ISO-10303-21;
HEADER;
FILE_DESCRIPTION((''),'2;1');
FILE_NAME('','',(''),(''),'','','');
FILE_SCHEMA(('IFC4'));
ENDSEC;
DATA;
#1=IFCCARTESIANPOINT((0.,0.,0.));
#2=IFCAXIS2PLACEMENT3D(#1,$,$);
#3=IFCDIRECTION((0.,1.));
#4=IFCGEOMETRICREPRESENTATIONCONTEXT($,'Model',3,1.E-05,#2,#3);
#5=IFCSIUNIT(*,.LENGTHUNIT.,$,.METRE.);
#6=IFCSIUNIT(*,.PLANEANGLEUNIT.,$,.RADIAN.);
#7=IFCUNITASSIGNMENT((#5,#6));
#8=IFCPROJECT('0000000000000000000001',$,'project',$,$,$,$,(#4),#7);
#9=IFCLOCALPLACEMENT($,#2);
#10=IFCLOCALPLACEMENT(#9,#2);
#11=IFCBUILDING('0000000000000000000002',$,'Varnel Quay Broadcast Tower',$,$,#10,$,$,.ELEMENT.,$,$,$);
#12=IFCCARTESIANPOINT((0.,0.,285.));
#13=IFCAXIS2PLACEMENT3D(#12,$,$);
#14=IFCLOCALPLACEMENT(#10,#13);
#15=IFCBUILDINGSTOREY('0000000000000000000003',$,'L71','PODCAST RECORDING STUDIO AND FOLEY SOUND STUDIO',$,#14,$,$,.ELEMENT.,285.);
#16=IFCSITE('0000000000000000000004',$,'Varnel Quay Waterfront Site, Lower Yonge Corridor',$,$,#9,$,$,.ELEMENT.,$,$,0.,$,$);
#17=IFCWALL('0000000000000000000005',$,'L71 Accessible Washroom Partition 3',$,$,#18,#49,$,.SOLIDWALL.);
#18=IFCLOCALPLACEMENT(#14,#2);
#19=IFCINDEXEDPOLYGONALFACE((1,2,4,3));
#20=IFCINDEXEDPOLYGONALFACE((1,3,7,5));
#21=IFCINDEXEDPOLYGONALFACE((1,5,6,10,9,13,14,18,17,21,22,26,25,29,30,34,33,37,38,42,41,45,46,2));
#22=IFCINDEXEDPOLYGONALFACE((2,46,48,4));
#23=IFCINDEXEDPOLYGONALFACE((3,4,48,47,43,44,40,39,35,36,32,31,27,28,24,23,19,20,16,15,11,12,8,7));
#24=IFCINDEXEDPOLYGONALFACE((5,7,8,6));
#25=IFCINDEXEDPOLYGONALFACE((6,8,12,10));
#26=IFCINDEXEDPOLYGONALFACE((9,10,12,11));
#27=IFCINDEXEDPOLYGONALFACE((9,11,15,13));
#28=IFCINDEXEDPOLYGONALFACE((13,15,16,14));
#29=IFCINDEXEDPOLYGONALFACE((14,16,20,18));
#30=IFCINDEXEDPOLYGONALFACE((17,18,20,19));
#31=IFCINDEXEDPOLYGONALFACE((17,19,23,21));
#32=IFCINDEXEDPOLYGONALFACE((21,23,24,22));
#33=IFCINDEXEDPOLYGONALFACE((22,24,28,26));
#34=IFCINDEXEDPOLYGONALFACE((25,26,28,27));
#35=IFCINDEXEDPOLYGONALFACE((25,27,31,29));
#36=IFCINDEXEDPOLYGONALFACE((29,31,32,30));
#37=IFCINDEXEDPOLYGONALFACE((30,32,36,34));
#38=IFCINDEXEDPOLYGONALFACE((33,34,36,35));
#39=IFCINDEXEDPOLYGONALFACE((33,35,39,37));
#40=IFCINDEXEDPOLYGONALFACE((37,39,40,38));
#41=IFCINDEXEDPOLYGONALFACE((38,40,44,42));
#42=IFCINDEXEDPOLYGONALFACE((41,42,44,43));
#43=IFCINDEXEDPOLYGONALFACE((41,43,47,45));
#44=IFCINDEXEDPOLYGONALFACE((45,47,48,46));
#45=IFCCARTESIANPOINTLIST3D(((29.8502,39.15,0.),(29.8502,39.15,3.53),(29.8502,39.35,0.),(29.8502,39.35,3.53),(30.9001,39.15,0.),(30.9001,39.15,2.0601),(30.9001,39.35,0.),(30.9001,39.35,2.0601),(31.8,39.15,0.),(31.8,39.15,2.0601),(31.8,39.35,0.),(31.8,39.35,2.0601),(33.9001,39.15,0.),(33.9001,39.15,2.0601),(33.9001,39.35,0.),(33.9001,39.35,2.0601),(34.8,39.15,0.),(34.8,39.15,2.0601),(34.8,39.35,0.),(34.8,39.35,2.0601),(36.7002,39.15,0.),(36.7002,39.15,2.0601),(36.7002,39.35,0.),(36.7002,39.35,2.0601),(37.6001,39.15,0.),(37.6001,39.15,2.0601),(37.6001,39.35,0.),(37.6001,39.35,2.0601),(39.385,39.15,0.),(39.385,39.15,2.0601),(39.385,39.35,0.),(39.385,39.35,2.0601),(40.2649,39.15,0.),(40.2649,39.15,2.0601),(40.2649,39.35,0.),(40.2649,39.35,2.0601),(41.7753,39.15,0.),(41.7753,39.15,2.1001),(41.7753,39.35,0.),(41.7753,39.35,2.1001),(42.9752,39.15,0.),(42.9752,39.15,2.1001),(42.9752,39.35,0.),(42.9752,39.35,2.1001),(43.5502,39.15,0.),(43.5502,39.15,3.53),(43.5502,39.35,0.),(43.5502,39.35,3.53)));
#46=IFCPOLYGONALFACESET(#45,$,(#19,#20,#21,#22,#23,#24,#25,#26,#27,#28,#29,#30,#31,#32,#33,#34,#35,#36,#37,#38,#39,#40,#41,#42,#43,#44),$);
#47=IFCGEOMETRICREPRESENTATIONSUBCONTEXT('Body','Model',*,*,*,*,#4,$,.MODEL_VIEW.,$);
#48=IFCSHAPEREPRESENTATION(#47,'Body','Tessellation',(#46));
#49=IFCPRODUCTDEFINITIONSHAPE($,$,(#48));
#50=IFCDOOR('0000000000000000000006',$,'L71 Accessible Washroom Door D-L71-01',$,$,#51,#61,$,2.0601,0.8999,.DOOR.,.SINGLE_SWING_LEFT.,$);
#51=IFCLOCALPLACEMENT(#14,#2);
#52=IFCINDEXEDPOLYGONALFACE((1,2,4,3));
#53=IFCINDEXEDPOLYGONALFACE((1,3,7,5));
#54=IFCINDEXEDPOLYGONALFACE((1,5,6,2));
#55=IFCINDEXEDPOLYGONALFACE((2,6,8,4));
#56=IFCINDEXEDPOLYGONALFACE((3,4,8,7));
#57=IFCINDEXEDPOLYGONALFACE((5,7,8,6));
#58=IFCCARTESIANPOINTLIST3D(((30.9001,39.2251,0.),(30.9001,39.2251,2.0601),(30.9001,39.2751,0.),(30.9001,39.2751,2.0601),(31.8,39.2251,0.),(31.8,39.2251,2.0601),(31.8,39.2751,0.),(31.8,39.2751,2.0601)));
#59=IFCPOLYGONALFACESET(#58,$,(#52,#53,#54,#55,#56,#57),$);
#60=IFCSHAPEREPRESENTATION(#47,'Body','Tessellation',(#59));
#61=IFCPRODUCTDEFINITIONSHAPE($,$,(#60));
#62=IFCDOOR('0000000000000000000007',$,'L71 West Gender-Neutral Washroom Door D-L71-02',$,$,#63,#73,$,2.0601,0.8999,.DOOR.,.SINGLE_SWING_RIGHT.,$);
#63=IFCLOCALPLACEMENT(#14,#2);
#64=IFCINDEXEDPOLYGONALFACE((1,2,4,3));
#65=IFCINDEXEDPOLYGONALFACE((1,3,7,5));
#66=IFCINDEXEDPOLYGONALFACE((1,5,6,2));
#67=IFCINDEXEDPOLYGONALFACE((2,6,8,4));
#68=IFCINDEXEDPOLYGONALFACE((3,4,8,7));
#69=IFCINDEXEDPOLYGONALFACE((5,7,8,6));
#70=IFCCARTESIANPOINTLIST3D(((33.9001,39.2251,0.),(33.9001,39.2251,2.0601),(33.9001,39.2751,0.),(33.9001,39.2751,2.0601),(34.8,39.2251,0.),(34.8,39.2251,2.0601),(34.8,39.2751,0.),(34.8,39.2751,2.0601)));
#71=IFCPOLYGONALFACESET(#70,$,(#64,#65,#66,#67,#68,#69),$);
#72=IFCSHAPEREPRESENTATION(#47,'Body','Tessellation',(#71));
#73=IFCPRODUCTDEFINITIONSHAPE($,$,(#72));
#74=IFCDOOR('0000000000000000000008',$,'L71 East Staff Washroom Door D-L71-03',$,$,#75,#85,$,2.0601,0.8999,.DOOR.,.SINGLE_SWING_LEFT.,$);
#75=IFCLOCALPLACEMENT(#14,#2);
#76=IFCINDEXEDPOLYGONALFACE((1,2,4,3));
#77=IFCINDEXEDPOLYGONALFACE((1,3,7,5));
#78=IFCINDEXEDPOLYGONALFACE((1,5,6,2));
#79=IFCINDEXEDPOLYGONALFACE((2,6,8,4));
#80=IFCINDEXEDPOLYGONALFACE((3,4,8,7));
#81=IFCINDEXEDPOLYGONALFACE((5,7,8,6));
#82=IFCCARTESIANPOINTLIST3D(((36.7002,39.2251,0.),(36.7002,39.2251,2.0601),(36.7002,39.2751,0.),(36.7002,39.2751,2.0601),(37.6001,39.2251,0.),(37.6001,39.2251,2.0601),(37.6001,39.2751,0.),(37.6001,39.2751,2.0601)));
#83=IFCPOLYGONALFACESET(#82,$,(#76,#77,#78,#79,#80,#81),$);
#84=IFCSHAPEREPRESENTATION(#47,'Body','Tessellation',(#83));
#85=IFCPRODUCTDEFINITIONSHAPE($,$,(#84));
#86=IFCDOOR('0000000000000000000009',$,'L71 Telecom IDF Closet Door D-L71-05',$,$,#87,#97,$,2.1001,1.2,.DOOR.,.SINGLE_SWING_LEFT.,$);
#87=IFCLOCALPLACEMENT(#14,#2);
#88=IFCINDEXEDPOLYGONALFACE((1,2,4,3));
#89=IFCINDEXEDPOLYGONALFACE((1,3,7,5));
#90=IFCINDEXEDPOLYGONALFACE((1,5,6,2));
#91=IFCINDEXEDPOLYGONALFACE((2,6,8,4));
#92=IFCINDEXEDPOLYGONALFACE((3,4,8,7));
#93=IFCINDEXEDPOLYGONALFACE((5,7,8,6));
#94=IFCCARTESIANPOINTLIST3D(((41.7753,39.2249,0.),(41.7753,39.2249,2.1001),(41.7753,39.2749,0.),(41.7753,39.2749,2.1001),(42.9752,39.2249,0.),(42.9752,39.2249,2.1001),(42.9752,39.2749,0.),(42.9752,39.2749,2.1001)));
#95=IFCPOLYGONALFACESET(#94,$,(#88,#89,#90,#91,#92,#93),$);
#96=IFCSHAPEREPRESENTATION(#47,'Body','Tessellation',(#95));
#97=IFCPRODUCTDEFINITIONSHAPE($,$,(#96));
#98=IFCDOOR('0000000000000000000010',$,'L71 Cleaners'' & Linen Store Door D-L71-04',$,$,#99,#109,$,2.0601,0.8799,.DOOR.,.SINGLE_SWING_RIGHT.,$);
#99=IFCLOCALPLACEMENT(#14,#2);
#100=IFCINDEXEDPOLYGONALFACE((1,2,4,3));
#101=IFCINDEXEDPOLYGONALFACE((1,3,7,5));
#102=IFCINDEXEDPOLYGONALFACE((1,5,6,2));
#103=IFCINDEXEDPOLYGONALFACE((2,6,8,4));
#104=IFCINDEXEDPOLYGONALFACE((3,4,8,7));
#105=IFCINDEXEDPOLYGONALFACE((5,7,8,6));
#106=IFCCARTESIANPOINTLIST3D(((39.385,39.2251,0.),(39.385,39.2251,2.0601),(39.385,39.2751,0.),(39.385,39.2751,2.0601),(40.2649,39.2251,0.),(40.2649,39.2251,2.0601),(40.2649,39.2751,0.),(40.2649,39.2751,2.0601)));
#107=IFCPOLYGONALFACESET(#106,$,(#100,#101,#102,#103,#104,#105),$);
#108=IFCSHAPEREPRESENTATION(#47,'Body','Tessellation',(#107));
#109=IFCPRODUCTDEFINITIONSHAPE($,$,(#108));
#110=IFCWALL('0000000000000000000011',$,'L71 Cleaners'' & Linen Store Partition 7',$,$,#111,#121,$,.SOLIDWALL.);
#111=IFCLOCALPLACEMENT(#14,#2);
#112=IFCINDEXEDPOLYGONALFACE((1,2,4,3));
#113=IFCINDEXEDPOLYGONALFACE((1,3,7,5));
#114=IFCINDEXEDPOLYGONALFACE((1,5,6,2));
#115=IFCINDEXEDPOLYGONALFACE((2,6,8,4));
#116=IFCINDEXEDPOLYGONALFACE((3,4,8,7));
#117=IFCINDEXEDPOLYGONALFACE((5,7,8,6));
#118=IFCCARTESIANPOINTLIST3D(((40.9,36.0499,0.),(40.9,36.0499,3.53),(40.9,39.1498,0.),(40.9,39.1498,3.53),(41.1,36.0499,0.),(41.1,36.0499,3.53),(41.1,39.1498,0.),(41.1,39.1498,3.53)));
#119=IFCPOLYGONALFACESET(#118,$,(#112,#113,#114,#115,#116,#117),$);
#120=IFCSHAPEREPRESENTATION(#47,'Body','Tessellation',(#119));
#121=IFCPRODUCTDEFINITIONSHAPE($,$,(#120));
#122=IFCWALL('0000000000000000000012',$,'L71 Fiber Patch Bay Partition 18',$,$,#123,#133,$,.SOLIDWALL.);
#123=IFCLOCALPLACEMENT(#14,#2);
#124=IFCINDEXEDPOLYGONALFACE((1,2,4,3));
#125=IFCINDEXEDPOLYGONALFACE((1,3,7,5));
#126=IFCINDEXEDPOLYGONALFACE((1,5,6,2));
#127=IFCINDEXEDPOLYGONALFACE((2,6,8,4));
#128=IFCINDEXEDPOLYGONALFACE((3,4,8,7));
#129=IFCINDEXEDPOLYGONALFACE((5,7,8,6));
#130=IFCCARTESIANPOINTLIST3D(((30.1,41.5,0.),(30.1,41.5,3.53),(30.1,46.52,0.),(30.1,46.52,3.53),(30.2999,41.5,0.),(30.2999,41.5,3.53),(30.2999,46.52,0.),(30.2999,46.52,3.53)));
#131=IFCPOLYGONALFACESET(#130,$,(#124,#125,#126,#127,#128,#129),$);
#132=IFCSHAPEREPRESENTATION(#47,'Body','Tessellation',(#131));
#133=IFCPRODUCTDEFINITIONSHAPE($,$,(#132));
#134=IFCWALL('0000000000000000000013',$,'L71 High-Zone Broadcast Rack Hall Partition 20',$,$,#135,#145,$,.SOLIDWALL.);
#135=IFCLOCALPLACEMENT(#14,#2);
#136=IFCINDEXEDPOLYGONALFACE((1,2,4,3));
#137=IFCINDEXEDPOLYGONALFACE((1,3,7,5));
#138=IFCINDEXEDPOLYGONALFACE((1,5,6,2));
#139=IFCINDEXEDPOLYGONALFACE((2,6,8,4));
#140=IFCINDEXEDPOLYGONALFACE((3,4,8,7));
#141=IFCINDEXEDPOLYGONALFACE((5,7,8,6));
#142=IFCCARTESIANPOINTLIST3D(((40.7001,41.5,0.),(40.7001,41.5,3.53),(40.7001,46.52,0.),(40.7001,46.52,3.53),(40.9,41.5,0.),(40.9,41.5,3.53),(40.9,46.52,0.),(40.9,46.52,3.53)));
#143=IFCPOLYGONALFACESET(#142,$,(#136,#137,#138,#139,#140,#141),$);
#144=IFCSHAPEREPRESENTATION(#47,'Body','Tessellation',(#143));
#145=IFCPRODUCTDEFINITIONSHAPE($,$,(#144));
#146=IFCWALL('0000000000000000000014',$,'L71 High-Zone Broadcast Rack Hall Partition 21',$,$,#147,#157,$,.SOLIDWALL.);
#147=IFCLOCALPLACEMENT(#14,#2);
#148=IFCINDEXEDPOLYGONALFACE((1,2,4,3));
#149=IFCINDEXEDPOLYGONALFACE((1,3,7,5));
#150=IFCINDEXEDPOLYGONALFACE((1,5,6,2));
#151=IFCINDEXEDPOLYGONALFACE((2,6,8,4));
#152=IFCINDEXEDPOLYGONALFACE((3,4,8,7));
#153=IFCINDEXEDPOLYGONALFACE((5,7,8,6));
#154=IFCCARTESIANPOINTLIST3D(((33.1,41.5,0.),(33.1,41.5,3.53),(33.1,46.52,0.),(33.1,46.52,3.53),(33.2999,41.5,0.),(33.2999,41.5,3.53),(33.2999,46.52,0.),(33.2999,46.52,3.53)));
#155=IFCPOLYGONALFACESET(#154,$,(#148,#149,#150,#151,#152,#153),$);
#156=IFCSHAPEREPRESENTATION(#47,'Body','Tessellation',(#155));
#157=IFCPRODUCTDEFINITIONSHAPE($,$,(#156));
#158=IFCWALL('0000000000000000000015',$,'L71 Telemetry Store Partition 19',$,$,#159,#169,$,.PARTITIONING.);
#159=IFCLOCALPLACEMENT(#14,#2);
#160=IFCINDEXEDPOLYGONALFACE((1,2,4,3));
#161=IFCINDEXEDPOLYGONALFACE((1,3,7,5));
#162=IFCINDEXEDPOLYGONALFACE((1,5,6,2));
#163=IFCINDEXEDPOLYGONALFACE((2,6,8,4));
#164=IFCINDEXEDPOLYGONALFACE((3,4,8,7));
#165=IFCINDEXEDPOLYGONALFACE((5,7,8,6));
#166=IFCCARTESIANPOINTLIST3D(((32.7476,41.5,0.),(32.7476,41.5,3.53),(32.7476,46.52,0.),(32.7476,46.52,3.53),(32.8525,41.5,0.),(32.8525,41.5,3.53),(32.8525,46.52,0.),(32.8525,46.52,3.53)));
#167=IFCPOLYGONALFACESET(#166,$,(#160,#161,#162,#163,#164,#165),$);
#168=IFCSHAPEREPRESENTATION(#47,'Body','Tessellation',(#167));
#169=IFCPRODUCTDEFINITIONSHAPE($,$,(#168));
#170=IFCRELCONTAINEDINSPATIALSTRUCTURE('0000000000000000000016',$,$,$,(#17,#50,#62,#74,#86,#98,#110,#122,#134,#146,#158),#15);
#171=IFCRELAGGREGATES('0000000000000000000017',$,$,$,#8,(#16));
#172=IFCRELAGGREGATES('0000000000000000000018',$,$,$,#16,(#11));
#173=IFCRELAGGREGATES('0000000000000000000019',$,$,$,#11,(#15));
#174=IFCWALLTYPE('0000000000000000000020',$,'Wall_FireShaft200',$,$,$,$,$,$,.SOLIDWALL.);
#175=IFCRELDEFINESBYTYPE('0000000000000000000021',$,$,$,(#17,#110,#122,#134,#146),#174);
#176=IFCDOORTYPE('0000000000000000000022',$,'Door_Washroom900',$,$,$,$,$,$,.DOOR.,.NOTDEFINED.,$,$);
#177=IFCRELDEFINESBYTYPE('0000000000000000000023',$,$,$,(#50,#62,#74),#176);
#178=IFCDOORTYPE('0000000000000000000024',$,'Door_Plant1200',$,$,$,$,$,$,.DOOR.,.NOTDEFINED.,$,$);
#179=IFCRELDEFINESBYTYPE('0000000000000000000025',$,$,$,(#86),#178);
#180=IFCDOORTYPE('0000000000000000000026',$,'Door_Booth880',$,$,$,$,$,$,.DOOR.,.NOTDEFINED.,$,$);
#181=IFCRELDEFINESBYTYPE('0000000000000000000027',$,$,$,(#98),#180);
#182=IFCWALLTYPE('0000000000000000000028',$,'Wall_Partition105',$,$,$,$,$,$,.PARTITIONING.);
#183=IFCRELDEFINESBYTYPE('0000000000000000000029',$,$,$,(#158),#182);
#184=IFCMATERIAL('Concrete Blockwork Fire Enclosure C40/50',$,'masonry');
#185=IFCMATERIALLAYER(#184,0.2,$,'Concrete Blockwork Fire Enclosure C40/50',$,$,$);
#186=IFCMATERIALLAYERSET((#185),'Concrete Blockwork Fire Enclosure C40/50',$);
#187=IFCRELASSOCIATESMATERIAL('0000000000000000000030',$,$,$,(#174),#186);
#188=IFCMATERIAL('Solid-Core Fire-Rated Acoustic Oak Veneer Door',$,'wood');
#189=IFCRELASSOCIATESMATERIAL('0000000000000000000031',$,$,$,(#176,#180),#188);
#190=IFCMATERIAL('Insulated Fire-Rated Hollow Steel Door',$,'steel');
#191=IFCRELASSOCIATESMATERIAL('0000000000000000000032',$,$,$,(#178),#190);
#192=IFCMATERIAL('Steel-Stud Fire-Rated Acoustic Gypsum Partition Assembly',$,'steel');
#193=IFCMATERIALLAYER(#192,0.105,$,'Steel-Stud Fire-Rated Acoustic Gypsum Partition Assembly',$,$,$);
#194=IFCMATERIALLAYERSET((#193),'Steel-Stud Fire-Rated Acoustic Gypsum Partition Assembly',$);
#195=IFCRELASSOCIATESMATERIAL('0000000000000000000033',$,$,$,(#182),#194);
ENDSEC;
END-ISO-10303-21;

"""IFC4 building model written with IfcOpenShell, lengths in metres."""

from ifc_helpers import new_model, si_unit, direction, frame, frame_2d, origin, place, context, subcontext, project, spatial, rectangle, extrude, source, transform, mapped, material, layer, layer_set, type_object, type_shapes, element, fill, save


model = new_model("IFC4")

# Units and contexts
model_context = context("Model", 3, precision=1e-05, world=origin(), true_north=direction((0.0, 1.0)))
body_context = subcontext(model_context, "Body", "Model", "MODEL_VIEW")
ifc_project = project(units=[si_unit("LENGTHUNIT", "METRE"), si_unit("PLANEANGLEUNIT", "RADIAN")], contexts=[model_context])

# Site, building, storey
site_placement = place(None, origin())
site = spatial("IfcSite", under=ifc_project, at=site_placement, Name="Varnel Quay Waterfront Site, Lower Yonge Corridor", CompositionType="ELEMENT", RefElevation=0.0)
building_placement = place(site_placement, origin())
building = spatial("IfcBuilding", under=site, at=building_placement, Name="Varnel Quay Broadcast Tower", CompositionType="ELEMENT")
storey_placement = place(building_placement, frame((0.0, 0.0, 285.0)))
storey = spatial("IfcBuildingStorey", under=building, at=storey_placement, Name="L71", Description="PODCAST RECORDING STUDIO AND FOLEY SOUND STUDIO", CompositionType="ELEMENT", Elevation=285.0)

# Shared definitions
ifc_material_1 = material(Name="Insulated Fire-Rated Hollow Steel Door", Category="steel")

# Shared definitions
ifc_material_2 = material(Name="Concrete Blockwork Fire Enclosure C40/50", Category="masonry")
ifc_layer_1 = layer(ifc_material_2, 0.2, Name="Concrete Blockwork Fire Enclosure C40/50")
ifc_layer_set_1 = layer_set([ifc_layer_1], Name="Concrete Blockwork Fire Enclosure C40/50")
wall_type_1 = type_object("IfcWallType", Name="Wall_FireShaft200", PredefinedType="SOLIDWALL", material=ifc_layer_set_1)

# Wall, openings, doors
wall_1_placement = place(storey_placement, frame((29.8501, 39.25, 0.0), z_axis=(0.0, 0.0, 1.0), x_axis=(1.0, 0.0, 0.0)))
wall_1 = element("IfcWall", 1, at=wall_1_placement, inside=storey, type_object=wall_type_1, Name="L71 Accessible Washroom Partition 3", PredefinedType="SOLIDWALL", context=body_context, shape_type="SweptSolid", body=[
    extrude(rectangle(XDim=13.7, YDim=0.2, at=frame_2d((6.8501, 0.0))), origin(), (0.0, 0.0, 1.0), 3.53),
])
opening_1_placement = place(wall_1_placement, frame((1.05, 0.0, 0.0)))
opening_1 = element("IfcOpeningElement", 2, at=opening_1_placement, cuts=wall_1, PredefinedType="OPENING", context=body_context, shape_type="SweptSolid", body=[
    extrude(rectangle(XDim=0.8999, YDim=2.0601, at=frame_2d((0.45, 1.03))), frame((0.0, 0.1099, 0.0), z_axis=(0.0, -1.0, 0.0), x_axis=(1.0, 0.0, 0.0)), (0.0, 0.0, 1.0), 0.22),
])
opening_2_placement = place(wall_1_placement, frame((4.05, 0.0, 0.0)))
opening_2 = element("IfcOpeningElement", 3, at=opening_2_placement, cuts=wall_1, PredefinedType="OPENING", context=body_context, shape_type="SweptSolid", body=[
    extrude(rectangle(XDim=0.8999, YDim=2.0601, at=frame_2d((0.45, 1.03))), frame((0.0, 0.1099, 0.0), z_axis=(0.0, -1.0, 0.0), x_axis=(1.0, 0.0, 0.0)), (0.0, 0.0, 1.0), 0.22),
])
opening_3_placement = place(wall_1_placement, frame((6.8501, 0.0, 0.0)))
opening_3 = element("IfcOpeningElement", 4, at=opening_3_placement, cuts=wall_1, PredefinedType="OPENING", context=body_context, shape_type="SweptSolid", body=[
    extrude(rectangle(XDim=0.8999, YDim=2.0601, at=frame_2d((0.45, 1.03))), frame((0.0, 0.1099, 0.0), z_axis=(0.0, -1.0, 0.0), x_axis=(1.0, 0.0, 0.0)), (0.0, 0.0, 1.0), 0.22),
])
opening_4_placement = place(wall_1_placement, frame((9.5349, 0.0, 0.0)))
opening_4 = element("IfcOpeningElement", 5, at=opening_4_placement, cuts=wall_1, PredefinedType="OPENING", context=body_context, shape_type="SweptSolid", body=[
    extrude(rectangle(XDim=0.8799, YDim=2.0601, at=frame_2d((0.4399, 1.03))), frame((0.0, 0.1099, 0.0), z_axis=(0.0, -1.0, 0.0), x_axis=(1.0, 0.0, 0.0)), (0.0, 0.0, 1.0), 0.22),
])
opening_5_placement = place(wall_1_placement, frame((11.925, 0.0, 0.0)))
opening_5 = element("IfcOpeningElement", 6, at=opening_5_placement, cuts=wall_1, PredefinedType="OPENING", context=body_context, shape_type="SweptSolid", body=[
    extrude(rectangle(XDim=1.2, YDim=2.1001, at=frame_2d((0.6001, 1.05))), frame((0.0, 0.1099, 0.0), z_axis=(0.0, -1.0, 0.0), x_axis=(1.0, 0.0, 0.0)), (0.0, 0.0, 1.0), 0.22),
])
ifc_material_3 = material(Name="Solid-Core Fire-Rated Acoustic Oak Veneer Door", Category="wood")
door_type_1 = type_object("IfcDoorType", Name="Door_Washroom900", OperationType="NOTDEFINED", PredefinedType="DOOR", material=ifc_material_3)
shared_shape_1 = source(origin(), body_context, "Body", "SweptSolid", [
    extrude(rectangle(XDim=0.8999, YDim=2.0601, at=frame_2d((0.45, 1.03))), frame((0.0, 0.0249, 0.0), z_axis=(0.0, -1.0, 0.0), x_axis=(1.0, 0.0, 0.0)), (0.0, 0.0, 1.0), 0.05),
])
type_shapes(door_type_1, [shared_shape_1])
door_1_placement = place(opening_1_placement, frame((0.8999, 0.0, 0.0), z_axis=(0.0, 0.0, 1.0), x_axis=(-1.0, 0.0, 0.0)))
door_1 = element("IfcDoor", 7, at=door_1_placement, inside=storey, type_object=door_type_1, Name="L71 Accessible Washroom Door D-L71-01", OperationType="SINGLE_SWING_LEFT", OverallHeight=2.0601, OverallWidth=0.8999, PredefinedType="DOOR", context=body_context, shape_type="MappedRepresentation", body=[
    mapped(shared_shape_1, transform((0.0, 0.0, 0.0), x_axis=(1.0, 0.0, 0.0), y_axis=(0.0, 1.0, 0.0), z_axis=(0.0, 0.0, 1.0), scale=1.0)),
])
fill(opening_1, door_1)
door_2_placement = place(opening_2_placement, frame((0.8999, 0.0, 0.0), z_axis=(0.0, 0.0, 1.0), x_axis=(-1.0, 0.0, 0.0)))
door_2 = element("IfcDoor", 8, at=door_2_placement, inside=storey, type_object=door_type_1, Name="L71 West Gender-Neutral Washroom Door D-L71-02", OperationType="SINGLE_SWING_RIGHT", OverallHeight=2.0601, OverallWidth=0.8999, PredefinedType="DOOR", context=body_context, shape_type="MappedRepresentation", body=[
    mapped(shared_shape_1, transform((0.0, 0.0, 0.0), x_axis=(1.0, 0.0, 0.0), y_axis=(0.0, 1.0, 0.0), z_axis=(0.0, 0.0, 1.0), scale=1.0)),
])
fill(opening_2, door_2)
door_3_placement = place(opening_3_placement, frame((0.8999, 0.0, 0.0), z_axis=(0.0, 0.0, 1.0), x_axis=(-1.0, 0.0, 0.0)))
door_3 = element("IfcDoor", 9, at=door_3_placement, inside=storey, type_object=door_type_1, Name="L71 East Staff Washroom Door D-L71-03", OperationType="SINGLE_SWING_LEFT", OverallHeight=2.0601, OverallWidth=0.8999, PredefinedType="DOOR", context=body_context, shape_type="MappedRepresentation", body=[
    mapped(shared_shape_1, transform((0.0, 0.0, 0.0), x_axis=(1.0, 0.0, 0.0), y_axis=(0.0, 1.0, 0.0), z_axis=(0.0, 0.0, 1.0), scale=1.0)),
])
fill(opening_3, door_3)
door_type_2 = type_object("IfcDoorType", Name="Door_Plant1200", OperationType="NOTDEFINED", PredefinedType="DOOR", material=ifc_material_1)
shared_shape_2 = source(origin(), body_context, "Body", "SweptSolid", [
    extrude(rectangle(XDim=1.2, YDim=2.1001, at=frame_2d((0.6001, 1.05))), frame((0.0, 0.0249, 0.0), z_axis=(0.0, -1.0, 0.0), x_axis=(1.0, 0.0, 0.0)), (0.0, 0.0, 1.0), 0.05),
])
type_shapes(door_type_2, [shared_shape_2])
door_4_placement = place(opening_5_placement, origin())
door_4 = element("IfcDoor", 10, at=door_4_placement, inside=storey, type_object=door_type_2, Name="L71 Telecom IDF Closet Door D-L71-05", OperationType="SINGLE_SWING_LEFT", OverallHeight=2.1001, OverallWidth=1.2, PredefinedType="DOOR", context=body_context, shape_type="MappedRepresentation", body=[
    mapped(shared_shape_2, transform((0.0, 0.0, 0.0), x_axis=(1.0, 0.0, 0.0), y_axis=(0.0, 1.0, 0.0), z_axis=(0.0, 0.0, 1.0), scale=1.0)),
])
fill(opening_5, door_4)
door_type_3 = type_object("IfcDoorType", Name="Door_Booth880", OperationType="NOTDEFINED", PredefinedType="DOOR", material=ifc_material_3)
shared_shape_3 = source(origin(), body_context, "Body", "SweptSolid", [
    extrude(rectangle(XDim=0.8799, YDim=2.0601, at=frame_2d((0.4399, 1.03))), frame((0.0, 0.0249, 0.0), z_axis=(0.0, -1.0, 0.0), x_axis=(1.0, 0.0, 0.0)), (0.0, 0.0, 1.0), 0.05),
])
type_shapes(door_type_3, [shared_shape_3])
door_5_placement = place(opening_4_placement, frame((0.8799, 0.0, 0.0), z_axis=(0.0, 0.0, 1.0), x_axis=(-1.0, 0.0, 0.0)))
door_5 = element("IfcDoor", 11, at=door_5_placement, inside=storey, type_object=door_type_3, Name="L71 Cleaners' & Linen Store Door D-L71-04", OperationType="SINGLE_SWING_RIGHT", OverallHeight=2.0601, OverallWidth=0.8799, PredefinedType="DOOR", context=body_context, shape_type="MappedRepresentation", body=[
    mapped(shared_shape_3, transform((0.0, 0.0, 0.0), x_axis=(1.0, 0.0, 0.0), y_axis=(0.0, 1.0, 0.0), z_axis=(0.0, 0.0, 1.0), scale=1.0)),
])
fill(opening_4, door_5)

# Walls
wall_2_placement = place(storey_placement, frame((41.0, 36.05, 0.0), z_axis=(0.0, 0.0, 1.0), x_axis=(0.0, 1.0, 0.0)))
element("IfcWall", 12, at=wall_2_placement, inside=storey, type_object=wall_type_1, Name="L71 Cleaners' & Linen Store Partition 7", PredefinedType="SOLIDWALL", context=body_context, shape_type="SweptSolid", body=[
    extrude(rectangle(XDim=3.0999, YDim=0.2, at=frame_2d((1.5498, 0.0))), origin(), (0.0, 0.0, 1.0), 3.53),
])
for number, where, z_axis, x_axis, name in (
    (13, (30.2, 41.5, 0.0), (0.0, 0.0, 1.0), (0.0, 1.0, 0.0), "L71 Fiber Patch Bay Partition 18"),
    (14, (40.8, 41.5, 0.0), (0.0, 0.0, 1.0), (0.0, 1.0, 0.0), "L71 High-Zone Broadcast Rack Hall Partition 20"),
    (15, (33.2, 41.5, 0.0), (0.0, 0.0, 1.0), (0.0, 1.0, 0.0), "L71 High-Zone Broadcast Rack Hall Partition 21"),
):
    element("IfcWall", number, at=place(storey_placement, frame(where, z_axis=z_axis, x_axis=x_axis)), inside=storey, type_object=wall_type_1, Name=name, PredefinedType="SOLIDWALL", context=body_context, shape_type="SweptSolid", body=[
        extrude(rectangle(XDim=5.02, YDim=0.2, at=frame_2d((2.51, 0.0))), origin(), (0.0, 0.0, 1.0), 3.53),
    ])
ifc_material_4 = material(Name="Steel-Stud Fire-Rated Acoustic Gypsum Partition Assembly", Category="steel")
ifc_layer_2 = layer(ifc_material_4, 0.105, Name="Steel-Stud Fire-Rated Acoustic Gypsum Partition Assembly")
ifc_layer_set_2 = layer_set([ifc_layer_2], Name="Steel-Stud Fire-Rated Acoustic Gypsum Partition Assembly")
wall_type_2 = type_object("IfcWallType", Name="Wall_Partition105", PredefinedType="PARTITIONING", material=ifc_layer_set_2)
wall_3_placement = place(storey_placement, frame((32.8, 41.5, 0.0), z_axis=(0.0, 0.0, 1.0), x_axis=(0.0, 1.0, 0.0)))
element("IfcWall", 16, at=wall_3_placement, inside=storey, type_object=wall_type_2, Name="L71 Telemetry Store Partition 19", PredefinedType="PARTITIONING", context=body_context, shape_type="SweptSolid", body=[
    extrude(rectangle(XDim=5.02, YDim=0.105, at=frame_2d((2.51, 0.0))), origin(), (0.0, 0.0, 1.0), 3.53),
])

save(model, "model.ifc")
